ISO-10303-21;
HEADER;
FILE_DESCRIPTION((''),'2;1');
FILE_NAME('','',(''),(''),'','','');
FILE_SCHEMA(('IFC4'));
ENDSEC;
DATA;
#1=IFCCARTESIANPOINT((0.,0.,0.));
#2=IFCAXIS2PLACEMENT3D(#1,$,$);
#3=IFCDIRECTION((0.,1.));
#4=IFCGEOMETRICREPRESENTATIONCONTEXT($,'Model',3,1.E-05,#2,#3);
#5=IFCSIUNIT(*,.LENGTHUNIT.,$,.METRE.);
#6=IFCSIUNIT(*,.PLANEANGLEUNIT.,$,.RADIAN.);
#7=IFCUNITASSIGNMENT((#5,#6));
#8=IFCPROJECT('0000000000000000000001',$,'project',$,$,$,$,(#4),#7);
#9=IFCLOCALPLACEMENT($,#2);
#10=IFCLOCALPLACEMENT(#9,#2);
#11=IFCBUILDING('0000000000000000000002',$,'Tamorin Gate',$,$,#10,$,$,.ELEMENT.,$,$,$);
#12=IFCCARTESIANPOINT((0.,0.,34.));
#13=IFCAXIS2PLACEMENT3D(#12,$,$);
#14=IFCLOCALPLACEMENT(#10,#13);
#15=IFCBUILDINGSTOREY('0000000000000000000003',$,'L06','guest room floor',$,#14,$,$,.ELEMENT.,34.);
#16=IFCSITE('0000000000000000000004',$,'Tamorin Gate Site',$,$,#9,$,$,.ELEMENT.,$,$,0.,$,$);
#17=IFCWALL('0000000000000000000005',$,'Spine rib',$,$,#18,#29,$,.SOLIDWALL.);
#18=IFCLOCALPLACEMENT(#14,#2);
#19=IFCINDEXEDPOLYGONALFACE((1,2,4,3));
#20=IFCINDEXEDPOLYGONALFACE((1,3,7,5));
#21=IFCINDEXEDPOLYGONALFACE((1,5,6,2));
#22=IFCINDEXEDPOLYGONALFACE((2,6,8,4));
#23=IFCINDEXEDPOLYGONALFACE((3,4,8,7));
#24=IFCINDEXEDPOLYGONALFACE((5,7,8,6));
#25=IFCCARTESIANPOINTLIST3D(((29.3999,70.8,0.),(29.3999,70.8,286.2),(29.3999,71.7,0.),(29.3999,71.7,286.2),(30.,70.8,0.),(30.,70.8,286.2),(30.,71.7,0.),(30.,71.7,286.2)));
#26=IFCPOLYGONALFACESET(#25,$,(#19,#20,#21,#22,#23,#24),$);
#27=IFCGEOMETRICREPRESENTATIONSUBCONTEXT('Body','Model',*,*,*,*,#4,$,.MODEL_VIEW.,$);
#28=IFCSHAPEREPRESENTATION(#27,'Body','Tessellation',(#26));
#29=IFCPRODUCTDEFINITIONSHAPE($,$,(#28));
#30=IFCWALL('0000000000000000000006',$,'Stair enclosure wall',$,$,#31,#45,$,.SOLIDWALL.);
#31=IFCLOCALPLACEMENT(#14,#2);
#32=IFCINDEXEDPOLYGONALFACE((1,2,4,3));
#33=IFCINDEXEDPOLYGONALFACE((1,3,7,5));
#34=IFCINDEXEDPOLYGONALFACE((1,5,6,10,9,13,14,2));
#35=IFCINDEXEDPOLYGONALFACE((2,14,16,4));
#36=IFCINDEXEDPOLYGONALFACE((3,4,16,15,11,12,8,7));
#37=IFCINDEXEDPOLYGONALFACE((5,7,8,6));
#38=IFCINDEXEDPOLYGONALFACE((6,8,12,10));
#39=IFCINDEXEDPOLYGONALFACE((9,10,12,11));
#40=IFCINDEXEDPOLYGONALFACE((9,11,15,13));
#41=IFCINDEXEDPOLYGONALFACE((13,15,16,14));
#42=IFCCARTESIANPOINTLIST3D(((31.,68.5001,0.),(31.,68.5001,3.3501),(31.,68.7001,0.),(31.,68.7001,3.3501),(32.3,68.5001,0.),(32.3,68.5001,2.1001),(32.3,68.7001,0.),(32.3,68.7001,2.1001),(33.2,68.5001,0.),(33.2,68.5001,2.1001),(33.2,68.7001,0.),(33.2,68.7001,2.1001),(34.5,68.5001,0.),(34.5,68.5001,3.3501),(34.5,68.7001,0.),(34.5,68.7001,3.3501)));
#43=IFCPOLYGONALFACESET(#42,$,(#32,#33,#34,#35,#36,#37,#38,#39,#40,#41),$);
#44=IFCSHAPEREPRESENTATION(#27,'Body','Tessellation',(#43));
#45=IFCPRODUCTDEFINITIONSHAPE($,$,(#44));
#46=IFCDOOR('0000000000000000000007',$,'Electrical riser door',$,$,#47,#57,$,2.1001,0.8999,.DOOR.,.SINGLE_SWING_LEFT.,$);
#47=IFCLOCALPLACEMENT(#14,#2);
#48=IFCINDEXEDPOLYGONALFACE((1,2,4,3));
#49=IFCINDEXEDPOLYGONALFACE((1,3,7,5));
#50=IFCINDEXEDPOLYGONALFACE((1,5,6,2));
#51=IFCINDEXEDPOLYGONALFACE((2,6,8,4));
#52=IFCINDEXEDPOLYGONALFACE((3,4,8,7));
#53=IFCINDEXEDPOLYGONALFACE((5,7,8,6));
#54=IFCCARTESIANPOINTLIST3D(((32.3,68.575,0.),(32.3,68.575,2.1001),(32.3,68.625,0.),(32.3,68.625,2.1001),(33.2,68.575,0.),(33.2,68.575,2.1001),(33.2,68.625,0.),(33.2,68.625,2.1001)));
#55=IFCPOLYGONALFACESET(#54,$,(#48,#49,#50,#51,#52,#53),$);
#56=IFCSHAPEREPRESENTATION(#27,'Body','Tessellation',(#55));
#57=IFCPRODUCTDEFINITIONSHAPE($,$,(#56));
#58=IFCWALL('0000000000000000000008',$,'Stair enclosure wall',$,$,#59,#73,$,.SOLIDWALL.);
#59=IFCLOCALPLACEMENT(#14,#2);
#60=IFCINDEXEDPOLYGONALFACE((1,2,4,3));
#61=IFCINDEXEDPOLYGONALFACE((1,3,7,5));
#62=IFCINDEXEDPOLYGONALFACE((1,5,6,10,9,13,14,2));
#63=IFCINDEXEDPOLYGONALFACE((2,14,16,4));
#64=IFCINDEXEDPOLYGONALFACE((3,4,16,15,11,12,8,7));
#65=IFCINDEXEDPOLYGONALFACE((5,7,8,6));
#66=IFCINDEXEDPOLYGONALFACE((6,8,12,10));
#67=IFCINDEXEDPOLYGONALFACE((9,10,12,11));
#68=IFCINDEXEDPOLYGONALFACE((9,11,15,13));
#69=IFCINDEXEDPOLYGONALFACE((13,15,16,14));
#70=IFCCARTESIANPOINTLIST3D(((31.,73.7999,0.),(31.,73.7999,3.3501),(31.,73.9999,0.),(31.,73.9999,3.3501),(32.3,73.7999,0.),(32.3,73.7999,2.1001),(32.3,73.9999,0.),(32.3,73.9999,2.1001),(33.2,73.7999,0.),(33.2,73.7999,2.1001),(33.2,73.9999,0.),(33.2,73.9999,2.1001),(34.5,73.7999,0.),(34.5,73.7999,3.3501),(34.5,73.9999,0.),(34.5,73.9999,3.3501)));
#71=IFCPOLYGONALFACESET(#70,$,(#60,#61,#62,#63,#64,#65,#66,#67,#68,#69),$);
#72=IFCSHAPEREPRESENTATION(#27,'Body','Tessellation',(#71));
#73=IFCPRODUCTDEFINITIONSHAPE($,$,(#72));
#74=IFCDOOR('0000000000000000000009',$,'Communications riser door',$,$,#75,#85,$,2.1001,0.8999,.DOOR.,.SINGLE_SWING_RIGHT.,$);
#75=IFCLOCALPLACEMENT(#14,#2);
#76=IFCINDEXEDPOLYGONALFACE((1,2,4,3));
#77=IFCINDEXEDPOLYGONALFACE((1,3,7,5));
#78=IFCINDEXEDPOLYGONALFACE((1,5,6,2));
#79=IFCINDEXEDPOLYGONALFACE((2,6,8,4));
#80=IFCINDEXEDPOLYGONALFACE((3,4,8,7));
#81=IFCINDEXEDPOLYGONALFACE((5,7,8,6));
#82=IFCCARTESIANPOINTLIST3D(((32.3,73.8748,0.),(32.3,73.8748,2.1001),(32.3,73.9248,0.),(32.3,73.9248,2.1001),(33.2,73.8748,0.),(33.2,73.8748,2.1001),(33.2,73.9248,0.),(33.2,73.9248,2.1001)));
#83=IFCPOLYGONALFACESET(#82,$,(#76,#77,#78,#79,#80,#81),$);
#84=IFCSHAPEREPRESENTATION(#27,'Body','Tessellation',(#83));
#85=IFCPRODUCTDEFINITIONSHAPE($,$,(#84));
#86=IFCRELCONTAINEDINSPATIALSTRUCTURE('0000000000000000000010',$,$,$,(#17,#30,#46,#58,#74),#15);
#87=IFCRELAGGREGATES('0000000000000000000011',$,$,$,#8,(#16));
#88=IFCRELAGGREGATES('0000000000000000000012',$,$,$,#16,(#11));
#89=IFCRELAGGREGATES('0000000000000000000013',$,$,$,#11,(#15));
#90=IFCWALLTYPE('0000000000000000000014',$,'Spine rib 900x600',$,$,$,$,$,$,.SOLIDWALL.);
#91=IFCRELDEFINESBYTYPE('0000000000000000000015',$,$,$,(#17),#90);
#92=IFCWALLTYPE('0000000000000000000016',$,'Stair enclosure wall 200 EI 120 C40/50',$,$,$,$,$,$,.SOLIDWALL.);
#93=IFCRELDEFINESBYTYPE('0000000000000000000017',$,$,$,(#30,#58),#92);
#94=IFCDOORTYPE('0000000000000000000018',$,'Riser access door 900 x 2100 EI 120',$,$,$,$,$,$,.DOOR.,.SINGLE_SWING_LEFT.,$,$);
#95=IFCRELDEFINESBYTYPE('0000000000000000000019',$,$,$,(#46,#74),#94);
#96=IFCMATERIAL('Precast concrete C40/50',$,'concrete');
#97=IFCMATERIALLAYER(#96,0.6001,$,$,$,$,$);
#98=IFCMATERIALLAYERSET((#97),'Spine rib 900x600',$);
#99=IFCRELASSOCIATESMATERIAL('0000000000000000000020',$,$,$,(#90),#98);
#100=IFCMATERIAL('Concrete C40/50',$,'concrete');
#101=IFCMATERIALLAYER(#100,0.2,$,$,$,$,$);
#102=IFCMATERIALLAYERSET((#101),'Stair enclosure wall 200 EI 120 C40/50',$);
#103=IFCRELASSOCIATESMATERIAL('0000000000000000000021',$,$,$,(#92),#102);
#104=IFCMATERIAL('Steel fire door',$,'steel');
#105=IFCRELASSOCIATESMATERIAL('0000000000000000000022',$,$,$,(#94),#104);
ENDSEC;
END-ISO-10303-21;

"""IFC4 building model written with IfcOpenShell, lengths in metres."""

from ifc_helpers import new_model, si_unit, direction, frame, frame_2d, origin, place, context, subcontext, project, spatial, rectangle, extrude, material, layer, layer_set, type_object, element, fill, save


model = new_model("IFC4")

# Units and contexts
model_context = context("Model", 3, precision=1e-05, world=origin(), true_north=direction((0.0, 1.0)))
body_context = subcontext(model_context, "Body", "Model", "MODEL_VIEW")
ifc_project = project(units=[si_unit("LENGTHUNIT", "METRE"), si_unit("PLANEANGLEUNIT", "RADIAN")], contexts=[model_context])

# Site, building, storey
site_placement = place(None, origin())
site = spatial("IfcSite", under=ifc_project, at=site_placement, Name="Tamorin Gate Site", CompositionType="ELEMENT", RefElevation=0.0)
building_placement = place(site_placement, origin())
building = spatial("IfcBuilding", under=site, at=building_placement, Name="Tamorin Gate", CompositionType="ELEMENT")
storey_placement = place(building_placement, frame((0.0, 0.0, 34.0)))
storey = spatial("IfcBuildingStorey", under=building, at=storey_placement, Name="L06", Description="guest room floor", CompositionType="ELEMENT", Elevation=34.0)

# Shared definitions
ifc_material_1 = material(Name="Precast concrete C40/50", Category="concrete")

# Shared definitions
ifc_material_2 = material(Name="Steel fire door", Category="steel")

# Wall
ifc_layer_1 = layer(ifc_material_1, 0.6001)
ifc_layer_set_1 = layer_set([ifc_layer_1], Name="Spine rib 900x600")
wall_type_1 = type_object("IfcWallType", Name="Spine rib 900x600", PredefinedType="SOLIDWALL", material=ifc_layer_set_1)
for number, where, z_axis, x_axis, name in (
    (1, (29.7, 70.8, 0.0), (0.0, 0.0, 1.0), (0.0, 1.0, 0.0), "Spine rib"),
):
    element("IfcWall", number, at=place(storey_placement, frame(where, z_axis=z_axis, x_axis=x_axis)), inside=storey, type_object=wall_type_1, Name=name, PredefinedType="SOLIDWALL", context=body_context, shape_type="SweptSolid", body=[
        extrude(rectangle(XDim=0.8999, YDim=0.6001, at=frame_2d((0.45, 0.0))), origin(), (0.0, 0.0, 1.0), 286.2),
    ])

# Walls, openings, doors
ifc_material_3 = material(Name="Concrete C40/50", Category="concrete")
ifc_layer_2 = layer(ifc_material_3, 0.2)
ifc_layer_set_2 = layer_set([ifc_layer_2], Name="Stair enclosure wall 200 EI 120 C40/50")
wall_type_2 = type_object("IfcWallType", Name="Stair enclosure wall 200 EI 120 C40/50", PredefinedType="SOLIDWALL", material=ifc_layer_set_2)
wall_1_placement = place(storey_placement, frame((31.0, 68.6001, 0.0), z_axis=(0.0, 0.0, 1.0), x_axis=(1.0, 0.0, 0.0)))
wall_1 = element("IfcWall", 2, at=wall_1_placement, inside=storey, type_object=wall_type_2, Name="Stair enclosure wall", PredefinedType="SOLIDWALL", context=body_context, shape_type="SweptSolid", body=[
    extrude(rectangle(XDim=3.5, YDim=0.2, at=frame_2d((1.75, 0.0))), origin(), (0.0, 0.0, 1.0), 3.3501),
])
opening_1_placement = place(wall_1_placement, frame((1.3, 0.0, 0.0)))
opening_1 = element("IfcOpeningElement", 3, at=opening_1_placement, cuts=wall_1, PredefinedType="OPENING", context=body_context, shape_type="SweptSolid", body=[
    extrude(rectangle(XDim=0.8999, YDim=2.1001, at=frame_2d((0.45, 1.05))), frame((0.0, 0.1099, 0.0), z_axis=(0.0, -1.0, 0.0), x_axis=(1.0, 0.0, 0.0)), (0.0, 0.0, 1.0), 0.22),
])
door_type_1 = type_object("IfcDoorType", Name="Riser access door 900 x 2100 EI 120", OperationType="SINGLE_SWING_LEFT", PredefinedType="DOOR", material=ifc_material_2)
door_1_placement = place(opening_1_placement, origin())
door_1 = element("IfcDoor", 4, at=door_1_placement, inside=storey, type_object=door_type_1, Name="Electrical riser door", OperationType="SINGLE_SWING_LEFT", OverallHeight=2.1001, OverallWidth=0.8999, PredefinedType="DOOR", context=body_context, shape_type="SweptSolid", body=[
    extrude(rectangle(XDim=0.8999, YDim=2.1001, at=frame_2d((0.45, 1.05))), frame((0.0, 0.0249, 0.0), z_axis=(0.0, -1.0, 0.0), x_axis=(1.0, 0.0, 0.0)), (0.0, 0.0, 1.0), 0.05),
])
fill(opening_1, door_1)
wall_2_placement = place(storey_placement, frame((31.0, 73.8999, 0.0), z_axis=(0.0, 0.0, 1.0), x_axis=(1.0, 0.0, 0.0)))
wall_2 = element("IfcWall", 5, at=wall_2_placement, inside=storey, type_object=wall_type_2, Name="Stair enclosure wall", PredefinedType="SOLIDWALL", context=body_context, shape_type="SweptSolid", body=[
    extrude(rectangle(XDim=3.5, YDim=0.2, at=frame_2d((1.75, 0.0))), origin(), (0.0, 0.0, 1.0), 3.3501),
])
opening_2_placement = place(wall_2_placement, frame((1.3, 0.0, 0.0)))
opening_2 = element("IfcOpeningElement", 6, at=opening_2_placement, cuts=wall_2, PredefinedType="OPENING", context=body_context, shape_type="SweptSolid", body=[
    extrude(rectangle(XDim=0.8999, YDim=2.1001, at=frame_2d((0.45, 1.05))), frame((0.0, 0.1099, 0.0), z_axis=(0.0, -1.0, 0.0), x_axis=(1.0, 0.0, 0.0)), (0.0, 0.0, 1.0), 0.22),
])
door_2_placement = place(opening_2_placement, origin())
door_2 = element("IfcDoor", 7, at=door_2_placement, inside=storey, type_object=door_type_1, Name="Communications riser door", OperationType="SINGLE_SWING_RIGHT", OverallHeight=2.1001, OverallWidth=0.8999, PredefinedType="DOOR", context=body_context, shape_type="SweptSolid", body=[
    extrude(rectangle(XDim=0.8999, YDim=2.1001, at=frame_2d((0.45, 1.05))), frame((0.0, 0.0249, 0.0), z_axis=(0.0, -1.0, 0.0), x_axis=(1.0, 0.0, 0.0)), (0.0, 0.0, 1.0), 0.05),
])
fill(opening_2, door_2)

save(model, "model.ifc")
